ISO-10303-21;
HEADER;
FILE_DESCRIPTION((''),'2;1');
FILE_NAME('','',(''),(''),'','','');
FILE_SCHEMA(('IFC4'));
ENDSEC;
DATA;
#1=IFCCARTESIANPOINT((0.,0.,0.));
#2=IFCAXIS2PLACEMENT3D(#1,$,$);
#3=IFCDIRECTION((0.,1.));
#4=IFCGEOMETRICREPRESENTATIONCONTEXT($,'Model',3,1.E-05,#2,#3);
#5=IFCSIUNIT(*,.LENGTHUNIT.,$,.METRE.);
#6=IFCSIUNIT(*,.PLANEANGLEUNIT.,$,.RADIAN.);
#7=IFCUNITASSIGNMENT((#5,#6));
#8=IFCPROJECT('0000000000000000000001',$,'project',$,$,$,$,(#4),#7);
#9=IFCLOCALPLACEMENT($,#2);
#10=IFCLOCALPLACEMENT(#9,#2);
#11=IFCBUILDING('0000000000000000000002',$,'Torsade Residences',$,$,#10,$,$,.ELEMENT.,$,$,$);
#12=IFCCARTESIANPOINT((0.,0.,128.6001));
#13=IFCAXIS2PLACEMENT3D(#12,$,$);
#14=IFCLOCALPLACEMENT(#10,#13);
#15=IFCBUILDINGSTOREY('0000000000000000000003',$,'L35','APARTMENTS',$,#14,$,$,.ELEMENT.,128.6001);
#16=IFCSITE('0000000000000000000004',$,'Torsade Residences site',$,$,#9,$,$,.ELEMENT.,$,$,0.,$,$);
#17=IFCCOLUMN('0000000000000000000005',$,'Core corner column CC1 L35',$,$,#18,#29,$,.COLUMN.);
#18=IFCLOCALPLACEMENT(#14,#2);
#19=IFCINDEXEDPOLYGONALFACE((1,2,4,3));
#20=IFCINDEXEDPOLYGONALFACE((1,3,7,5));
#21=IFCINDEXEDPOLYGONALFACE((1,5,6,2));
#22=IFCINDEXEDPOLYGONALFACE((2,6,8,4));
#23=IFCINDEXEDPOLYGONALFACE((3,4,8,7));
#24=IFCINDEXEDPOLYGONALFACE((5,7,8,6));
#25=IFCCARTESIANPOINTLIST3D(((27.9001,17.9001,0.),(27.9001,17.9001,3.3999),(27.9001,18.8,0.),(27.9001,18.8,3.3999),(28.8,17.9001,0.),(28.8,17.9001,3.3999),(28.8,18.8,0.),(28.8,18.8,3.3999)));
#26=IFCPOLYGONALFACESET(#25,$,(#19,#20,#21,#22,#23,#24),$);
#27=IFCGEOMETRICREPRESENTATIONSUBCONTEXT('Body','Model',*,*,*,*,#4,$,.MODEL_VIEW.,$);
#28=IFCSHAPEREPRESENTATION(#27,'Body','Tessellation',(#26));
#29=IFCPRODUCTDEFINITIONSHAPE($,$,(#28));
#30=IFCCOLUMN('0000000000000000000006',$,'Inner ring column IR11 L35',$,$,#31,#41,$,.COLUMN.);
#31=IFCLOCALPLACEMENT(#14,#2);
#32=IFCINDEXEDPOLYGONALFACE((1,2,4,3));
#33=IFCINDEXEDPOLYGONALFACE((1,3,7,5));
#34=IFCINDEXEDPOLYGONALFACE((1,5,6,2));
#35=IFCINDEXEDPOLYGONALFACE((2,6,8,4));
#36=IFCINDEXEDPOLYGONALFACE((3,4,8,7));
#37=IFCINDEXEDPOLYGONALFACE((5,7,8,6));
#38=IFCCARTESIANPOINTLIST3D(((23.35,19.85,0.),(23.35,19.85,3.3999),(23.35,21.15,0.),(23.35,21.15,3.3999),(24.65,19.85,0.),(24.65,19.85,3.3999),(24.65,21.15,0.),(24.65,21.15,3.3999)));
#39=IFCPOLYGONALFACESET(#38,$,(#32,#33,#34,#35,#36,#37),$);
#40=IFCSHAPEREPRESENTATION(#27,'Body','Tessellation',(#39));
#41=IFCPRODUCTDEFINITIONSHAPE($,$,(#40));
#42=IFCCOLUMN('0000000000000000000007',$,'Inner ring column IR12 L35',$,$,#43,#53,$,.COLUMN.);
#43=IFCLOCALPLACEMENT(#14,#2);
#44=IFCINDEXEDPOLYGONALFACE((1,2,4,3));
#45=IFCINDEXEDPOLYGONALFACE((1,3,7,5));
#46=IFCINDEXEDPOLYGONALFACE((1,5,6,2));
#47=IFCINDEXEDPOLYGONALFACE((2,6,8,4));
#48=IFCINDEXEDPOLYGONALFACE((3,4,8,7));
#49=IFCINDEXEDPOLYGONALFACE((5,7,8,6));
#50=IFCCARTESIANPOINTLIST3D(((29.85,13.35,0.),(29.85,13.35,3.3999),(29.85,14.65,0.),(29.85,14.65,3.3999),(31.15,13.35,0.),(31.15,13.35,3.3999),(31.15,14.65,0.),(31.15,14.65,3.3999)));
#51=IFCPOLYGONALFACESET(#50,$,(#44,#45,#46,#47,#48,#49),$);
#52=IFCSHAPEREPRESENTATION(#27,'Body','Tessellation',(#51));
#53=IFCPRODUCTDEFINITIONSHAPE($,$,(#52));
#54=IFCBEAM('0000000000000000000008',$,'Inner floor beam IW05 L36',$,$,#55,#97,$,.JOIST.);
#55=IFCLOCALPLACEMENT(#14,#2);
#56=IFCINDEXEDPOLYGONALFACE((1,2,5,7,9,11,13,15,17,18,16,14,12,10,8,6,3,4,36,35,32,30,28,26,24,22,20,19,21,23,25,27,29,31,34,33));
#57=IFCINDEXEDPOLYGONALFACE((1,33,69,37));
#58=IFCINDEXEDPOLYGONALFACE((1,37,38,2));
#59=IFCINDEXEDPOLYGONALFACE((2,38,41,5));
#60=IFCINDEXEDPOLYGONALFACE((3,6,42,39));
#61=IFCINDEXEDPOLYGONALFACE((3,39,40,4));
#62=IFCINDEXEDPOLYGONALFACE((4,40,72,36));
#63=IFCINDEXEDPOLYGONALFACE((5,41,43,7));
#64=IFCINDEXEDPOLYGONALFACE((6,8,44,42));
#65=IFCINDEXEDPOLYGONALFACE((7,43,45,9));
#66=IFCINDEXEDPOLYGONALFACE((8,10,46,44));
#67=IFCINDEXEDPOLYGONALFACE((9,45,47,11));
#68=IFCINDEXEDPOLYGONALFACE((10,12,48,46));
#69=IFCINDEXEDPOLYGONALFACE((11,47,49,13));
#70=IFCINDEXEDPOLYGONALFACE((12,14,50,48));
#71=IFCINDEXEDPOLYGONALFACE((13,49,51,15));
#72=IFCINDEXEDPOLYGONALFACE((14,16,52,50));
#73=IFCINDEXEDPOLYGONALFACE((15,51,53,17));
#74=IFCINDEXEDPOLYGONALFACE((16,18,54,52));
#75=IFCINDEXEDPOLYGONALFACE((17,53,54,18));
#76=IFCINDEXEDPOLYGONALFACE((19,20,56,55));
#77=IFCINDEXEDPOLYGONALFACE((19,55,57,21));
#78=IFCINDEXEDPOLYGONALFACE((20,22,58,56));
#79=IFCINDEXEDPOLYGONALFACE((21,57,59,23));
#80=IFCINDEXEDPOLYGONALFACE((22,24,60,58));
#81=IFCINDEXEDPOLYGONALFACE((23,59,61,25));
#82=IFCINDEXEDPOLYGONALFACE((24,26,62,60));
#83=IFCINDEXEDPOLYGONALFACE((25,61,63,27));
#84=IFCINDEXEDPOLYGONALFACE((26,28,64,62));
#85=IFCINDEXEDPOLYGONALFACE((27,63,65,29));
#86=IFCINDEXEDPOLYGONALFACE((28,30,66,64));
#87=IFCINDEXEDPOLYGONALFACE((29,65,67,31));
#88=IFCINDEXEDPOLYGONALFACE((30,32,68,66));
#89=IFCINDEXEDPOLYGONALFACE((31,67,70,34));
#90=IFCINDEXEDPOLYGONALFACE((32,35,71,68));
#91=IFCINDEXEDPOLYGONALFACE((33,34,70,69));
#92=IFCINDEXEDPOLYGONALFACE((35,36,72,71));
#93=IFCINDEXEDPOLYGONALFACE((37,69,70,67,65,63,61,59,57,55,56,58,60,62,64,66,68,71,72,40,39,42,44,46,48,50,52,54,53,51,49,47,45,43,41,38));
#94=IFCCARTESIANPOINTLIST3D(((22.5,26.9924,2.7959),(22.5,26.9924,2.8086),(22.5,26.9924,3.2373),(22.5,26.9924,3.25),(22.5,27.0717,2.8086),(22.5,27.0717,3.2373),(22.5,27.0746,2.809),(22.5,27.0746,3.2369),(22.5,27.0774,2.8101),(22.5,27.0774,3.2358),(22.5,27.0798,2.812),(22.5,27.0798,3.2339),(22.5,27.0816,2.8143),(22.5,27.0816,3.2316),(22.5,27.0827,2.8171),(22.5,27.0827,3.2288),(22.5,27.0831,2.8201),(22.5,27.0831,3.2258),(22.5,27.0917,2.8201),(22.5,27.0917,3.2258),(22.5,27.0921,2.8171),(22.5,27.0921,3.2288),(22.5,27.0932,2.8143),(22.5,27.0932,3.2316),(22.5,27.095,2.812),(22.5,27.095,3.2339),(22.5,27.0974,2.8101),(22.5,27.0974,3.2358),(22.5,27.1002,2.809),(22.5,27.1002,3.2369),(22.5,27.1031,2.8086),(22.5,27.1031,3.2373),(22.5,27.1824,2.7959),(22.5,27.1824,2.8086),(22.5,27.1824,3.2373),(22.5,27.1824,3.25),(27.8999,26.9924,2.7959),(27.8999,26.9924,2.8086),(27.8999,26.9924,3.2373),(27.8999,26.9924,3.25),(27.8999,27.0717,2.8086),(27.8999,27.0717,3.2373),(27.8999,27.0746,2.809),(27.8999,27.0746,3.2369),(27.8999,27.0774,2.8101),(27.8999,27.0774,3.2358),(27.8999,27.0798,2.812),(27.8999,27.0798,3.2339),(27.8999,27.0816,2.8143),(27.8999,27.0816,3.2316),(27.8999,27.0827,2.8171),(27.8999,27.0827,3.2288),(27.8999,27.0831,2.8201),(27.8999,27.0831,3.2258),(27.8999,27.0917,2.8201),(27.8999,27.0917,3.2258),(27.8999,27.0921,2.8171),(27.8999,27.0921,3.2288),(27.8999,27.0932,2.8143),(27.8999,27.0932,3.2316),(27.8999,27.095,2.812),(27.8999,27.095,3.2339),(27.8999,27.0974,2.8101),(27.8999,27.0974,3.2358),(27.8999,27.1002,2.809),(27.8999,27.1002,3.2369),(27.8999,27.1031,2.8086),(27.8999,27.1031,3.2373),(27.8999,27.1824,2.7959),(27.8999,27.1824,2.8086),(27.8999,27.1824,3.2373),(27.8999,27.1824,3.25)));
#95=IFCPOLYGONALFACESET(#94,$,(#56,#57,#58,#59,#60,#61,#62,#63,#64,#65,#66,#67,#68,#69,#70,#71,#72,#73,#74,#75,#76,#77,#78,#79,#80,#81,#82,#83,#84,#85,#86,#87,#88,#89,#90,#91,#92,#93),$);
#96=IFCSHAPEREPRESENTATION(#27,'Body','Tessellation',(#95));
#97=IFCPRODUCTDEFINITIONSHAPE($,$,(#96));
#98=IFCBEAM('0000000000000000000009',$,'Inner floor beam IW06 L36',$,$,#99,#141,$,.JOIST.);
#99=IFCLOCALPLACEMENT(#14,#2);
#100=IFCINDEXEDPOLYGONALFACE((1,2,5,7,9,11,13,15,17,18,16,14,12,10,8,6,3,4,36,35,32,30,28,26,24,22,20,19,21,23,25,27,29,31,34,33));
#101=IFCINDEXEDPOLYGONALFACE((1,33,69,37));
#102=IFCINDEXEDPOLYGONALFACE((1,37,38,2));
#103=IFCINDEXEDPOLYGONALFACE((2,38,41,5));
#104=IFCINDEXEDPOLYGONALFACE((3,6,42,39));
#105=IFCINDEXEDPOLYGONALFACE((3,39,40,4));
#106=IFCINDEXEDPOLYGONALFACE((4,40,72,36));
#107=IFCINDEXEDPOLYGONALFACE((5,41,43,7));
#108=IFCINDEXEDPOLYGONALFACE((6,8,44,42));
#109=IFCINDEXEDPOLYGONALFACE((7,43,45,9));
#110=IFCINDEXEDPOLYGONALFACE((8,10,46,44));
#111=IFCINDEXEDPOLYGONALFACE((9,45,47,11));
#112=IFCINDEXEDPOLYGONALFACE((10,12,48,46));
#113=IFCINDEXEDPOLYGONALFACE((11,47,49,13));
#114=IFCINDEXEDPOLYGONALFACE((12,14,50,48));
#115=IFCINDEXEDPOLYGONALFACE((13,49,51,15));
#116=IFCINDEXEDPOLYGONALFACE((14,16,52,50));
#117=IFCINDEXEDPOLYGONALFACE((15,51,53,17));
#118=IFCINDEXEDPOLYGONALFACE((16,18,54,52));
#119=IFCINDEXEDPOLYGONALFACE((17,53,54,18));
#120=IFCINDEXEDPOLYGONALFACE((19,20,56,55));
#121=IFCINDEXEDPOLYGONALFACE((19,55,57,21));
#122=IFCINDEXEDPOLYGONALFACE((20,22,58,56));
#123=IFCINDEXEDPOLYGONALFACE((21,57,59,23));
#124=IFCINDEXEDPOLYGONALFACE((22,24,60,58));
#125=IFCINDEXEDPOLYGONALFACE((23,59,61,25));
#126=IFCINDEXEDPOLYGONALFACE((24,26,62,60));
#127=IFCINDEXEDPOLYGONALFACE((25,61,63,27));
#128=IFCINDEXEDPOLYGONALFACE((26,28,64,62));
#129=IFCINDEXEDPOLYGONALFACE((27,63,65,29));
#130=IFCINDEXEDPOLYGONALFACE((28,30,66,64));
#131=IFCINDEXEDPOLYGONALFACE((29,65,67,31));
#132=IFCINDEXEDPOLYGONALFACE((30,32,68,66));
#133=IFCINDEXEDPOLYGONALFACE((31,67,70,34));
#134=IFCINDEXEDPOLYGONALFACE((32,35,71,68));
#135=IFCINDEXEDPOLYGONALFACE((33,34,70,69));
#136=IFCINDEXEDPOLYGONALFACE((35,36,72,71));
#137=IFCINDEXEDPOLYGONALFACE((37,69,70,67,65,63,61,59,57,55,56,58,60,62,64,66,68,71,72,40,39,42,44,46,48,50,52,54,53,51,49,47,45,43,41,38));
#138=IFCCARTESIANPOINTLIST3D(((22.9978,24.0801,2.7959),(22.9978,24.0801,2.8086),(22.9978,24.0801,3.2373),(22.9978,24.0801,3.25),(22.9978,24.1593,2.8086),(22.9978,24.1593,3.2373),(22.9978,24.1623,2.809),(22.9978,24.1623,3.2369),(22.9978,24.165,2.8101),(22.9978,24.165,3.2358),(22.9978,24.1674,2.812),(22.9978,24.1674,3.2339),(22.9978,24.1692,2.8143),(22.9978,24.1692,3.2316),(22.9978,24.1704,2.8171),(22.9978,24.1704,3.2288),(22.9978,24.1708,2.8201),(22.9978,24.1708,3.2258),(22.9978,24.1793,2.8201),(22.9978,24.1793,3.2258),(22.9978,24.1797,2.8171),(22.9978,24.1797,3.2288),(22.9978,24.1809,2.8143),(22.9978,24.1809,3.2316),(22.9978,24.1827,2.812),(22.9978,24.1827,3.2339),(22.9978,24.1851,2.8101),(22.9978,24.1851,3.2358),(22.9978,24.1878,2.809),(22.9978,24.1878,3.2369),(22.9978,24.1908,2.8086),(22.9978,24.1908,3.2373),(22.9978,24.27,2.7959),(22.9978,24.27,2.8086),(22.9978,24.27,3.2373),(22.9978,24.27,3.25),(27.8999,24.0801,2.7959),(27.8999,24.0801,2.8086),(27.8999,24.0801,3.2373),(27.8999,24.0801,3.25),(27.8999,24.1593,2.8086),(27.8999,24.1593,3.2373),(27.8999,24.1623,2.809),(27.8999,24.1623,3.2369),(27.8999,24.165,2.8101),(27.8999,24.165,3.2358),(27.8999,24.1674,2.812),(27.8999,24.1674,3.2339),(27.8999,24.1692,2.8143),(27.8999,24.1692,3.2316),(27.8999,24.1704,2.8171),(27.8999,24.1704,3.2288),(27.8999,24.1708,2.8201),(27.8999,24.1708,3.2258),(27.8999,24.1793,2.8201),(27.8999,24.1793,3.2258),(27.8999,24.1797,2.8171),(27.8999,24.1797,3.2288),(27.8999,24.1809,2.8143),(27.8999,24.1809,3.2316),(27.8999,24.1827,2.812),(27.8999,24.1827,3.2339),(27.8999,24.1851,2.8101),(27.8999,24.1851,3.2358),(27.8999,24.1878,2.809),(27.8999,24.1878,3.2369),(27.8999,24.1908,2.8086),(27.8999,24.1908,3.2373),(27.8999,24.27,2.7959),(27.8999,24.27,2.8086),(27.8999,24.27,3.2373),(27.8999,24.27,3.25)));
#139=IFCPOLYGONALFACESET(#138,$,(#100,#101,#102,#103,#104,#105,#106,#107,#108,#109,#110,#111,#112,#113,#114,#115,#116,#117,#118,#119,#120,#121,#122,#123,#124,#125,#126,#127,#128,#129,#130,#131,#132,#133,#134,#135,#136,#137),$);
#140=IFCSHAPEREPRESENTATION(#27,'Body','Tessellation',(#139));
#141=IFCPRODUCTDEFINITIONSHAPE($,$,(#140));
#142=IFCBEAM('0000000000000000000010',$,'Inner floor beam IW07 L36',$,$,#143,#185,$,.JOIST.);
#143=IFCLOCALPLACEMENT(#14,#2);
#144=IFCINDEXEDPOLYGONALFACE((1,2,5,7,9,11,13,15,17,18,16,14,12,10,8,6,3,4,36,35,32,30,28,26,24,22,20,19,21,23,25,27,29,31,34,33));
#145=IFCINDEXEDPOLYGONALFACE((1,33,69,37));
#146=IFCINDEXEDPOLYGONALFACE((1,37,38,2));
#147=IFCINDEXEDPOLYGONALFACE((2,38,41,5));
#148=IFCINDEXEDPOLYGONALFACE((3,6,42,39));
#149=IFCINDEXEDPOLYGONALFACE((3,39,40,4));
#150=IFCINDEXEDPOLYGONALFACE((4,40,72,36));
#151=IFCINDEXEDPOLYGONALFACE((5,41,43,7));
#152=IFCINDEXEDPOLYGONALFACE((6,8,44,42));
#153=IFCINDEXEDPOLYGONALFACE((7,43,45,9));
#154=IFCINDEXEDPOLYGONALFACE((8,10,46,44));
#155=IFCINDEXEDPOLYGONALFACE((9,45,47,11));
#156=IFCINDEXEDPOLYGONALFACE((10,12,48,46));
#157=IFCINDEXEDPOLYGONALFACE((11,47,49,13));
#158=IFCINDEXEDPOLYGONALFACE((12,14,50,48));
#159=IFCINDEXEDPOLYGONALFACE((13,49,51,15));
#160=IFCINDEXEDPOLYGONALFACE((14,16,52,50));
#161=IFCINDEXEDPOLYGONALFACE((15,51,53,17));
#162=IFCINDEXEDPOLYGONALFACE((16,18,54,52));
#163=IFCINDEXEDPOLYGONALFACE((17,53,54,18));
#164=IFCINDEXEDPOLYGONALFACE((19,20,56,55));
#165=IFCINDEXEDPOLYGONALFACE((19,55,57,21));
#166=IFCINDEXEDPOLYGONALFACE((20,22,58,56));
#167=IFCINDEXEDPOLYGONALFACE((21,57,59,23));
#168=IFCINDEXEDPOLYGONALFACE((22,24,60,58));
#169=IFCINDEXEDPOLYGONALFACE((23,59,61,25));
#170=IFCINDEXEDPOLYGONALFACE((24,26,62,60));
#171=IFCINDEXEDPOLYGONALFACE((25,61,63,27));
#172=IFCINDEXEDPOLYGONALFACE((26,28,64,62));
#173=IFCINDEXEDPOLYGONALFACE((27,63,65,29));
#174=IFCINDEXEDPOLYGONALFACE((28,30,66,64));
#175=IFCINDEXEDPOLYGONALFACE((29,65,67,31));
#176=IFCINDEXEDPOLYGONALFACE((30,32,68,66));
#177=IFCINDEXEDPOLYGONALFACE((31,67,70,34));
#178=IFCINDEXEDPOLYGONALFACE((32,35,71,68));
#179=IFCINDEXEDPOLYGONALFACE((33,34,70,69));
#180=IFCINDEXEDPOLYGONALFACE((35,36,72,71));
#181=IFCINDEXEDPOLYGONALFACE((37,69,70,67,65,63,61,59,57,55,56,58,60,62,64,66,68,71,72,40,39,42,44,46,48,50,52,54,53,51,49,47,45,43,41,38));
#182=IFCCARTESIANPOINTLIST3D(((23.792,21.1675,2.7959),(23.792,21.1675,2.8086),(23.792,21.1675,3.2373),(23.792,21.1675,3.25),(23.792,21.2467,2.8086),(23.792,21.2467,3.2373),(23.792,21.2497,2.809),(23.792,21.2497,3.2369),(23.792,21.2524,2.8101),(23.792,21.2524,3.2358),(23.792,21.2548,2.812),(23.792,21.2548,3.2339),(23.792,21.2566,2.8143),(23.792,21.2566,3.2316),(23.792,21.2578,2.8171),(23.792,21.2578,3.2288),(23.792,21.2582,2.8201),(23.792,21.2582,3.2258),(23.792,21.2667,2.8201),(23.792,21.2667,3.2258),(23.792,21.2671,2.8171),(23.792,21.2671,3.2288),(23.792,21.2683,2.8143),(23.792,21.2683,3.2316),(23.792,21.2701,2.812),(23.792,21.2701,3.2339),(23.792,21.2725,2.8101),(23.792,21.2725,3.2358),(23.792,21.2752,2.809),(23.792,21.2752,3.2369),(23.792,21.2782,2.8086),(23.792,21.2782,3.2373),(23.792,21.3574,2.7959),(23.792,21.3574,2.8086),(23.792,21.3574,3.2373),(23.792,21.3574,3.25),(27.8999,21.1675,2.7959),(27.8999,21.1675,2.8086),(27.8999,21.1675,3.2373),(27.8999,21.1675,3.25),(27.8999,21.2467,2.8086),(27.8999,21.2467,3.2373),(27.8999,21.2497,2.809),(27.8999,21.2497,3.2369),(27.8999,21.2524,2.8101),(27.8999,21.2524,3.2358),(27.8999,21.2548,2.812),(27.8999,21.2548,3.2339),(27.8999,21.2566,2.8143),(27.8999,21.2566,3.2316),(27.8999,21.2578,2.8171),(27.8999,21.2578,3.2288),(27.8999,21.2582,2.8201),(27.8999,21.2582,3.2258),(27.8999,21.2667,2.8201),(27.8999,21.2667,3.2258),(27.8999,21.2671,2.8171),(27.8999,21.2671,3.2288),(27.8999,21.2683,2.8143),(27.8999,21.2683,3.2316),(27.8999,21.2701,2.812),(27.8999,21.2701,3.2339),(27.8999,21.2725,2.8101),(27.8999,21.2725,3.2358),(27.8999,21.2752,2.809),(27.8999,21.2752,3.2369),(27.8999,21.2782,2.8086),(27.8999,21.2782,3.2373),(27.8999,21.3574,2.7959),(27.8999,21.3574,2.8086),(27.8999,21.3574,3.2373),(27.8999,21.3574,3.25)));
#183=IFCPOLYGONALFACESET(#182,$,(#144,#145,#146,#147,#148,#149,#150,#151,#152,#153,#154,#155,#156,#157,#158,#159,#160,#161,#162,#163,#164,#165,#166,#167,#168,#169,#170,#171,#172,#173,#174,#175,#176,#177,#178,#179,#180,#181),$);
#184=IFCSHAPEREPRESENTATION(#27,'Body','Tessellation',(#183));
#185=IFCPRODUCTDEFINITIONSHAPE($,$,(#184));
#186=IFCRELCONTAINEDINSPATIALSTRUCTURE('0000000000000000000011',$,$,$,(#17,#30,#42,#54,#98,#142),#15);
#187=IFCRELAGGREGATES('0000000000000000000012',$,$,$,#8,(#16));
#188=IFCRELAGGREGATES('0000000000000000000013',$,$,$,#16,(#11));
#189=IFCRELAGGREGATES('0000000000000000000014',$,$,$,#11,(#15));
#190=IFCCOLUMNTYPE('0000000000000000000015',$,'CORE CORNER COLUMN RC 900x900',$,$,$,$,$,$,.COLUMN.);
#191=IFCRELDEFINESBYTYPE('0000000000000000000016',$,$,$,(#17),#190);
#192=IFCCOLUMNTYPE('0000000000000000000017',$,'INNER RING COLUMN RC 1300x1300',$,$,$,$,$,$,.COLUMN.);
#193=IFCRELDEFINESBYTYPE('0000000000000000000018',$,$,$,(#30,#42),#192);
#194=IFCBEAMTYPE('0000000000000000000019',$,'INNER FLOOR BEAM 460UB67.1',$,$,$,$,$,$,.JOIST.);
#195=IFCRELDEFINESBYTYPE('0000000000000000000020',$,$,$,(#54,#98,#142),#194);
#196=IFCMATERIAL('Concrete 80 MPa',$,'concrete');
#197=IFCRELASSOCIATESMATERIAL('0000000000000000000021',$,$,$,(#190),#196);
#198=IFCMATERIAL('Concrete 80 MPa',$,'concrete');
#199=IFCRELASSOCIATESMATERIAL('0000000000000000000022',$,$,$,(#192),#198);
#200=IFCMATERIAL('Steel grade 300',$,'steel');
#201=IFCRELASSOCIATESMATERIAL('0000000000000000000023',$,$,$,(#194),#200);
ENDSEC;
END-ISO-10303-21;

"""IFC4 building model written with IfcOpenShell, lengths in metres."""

from ifc_helpers import new_model, si_unit, direction, frame, origin, origin_2d, place, context, subcontext, project, spatial, rectangle, i_section, extrude, material, material_profile, profile_set, type_object, element, save


model = new_model("IFC4")

# Units and contexts
model_context = context("Model", 3, precision=1e-05, world=origin(), true_north=direction((0.0, 1.0)))
body_context = subcontext(model_context, "Body", "Model", "MODEL_VIEW")
ifc_project = project(units=[si_unit("LENGTHUNIT", "METRE"), si_unit("PLANEANGLEUNIT", "RADIAN")], contexts=[model_context])

# Site, building, storey
site_placement = place(None, origin())
site = spatial("IfcSite", under=ifc_project, at=site_placement, Name="Torsade Residences site", CompositionType="ELEMENT", RefElevation=0.0)
building_placement = place(site_placement, origin())
building = spatial("IfcBuilding", under=site, at=building_placement, Name="Torsade Residences", CompositionType="ELEMENT")
storey_placement = place(building_placement, frame((0.0, 0.0, 128.6001)))
storey = spatial("IfcBuildingStorey", under=building, at=storey_placement, Name="L35", Description="APARTMENTS", CompositionType="ELEMENT", Elevation=128.6001)

# Columns
ifc_material_1 = material(Name="Concrete 80 MPa", Category="concrete")
ifc_material_profile_1 = material_profile(ifc_material_1, rectangle(XDim=0.8999, YDim=0.8999, at=origin_2d()), Name="RC 900x900")
ifc_profile_set_1 = profile_set([ifc_material_profile_1], Name="Concrete 80 MPa")
column_type_1 = type_object("IfcColumnType", Name="CORE CORNER COLUMN RC 900x900", PredefinedType="COLUMN", material=ifc_profile_set_1)
column_placement = place(storey_placement, frame((28.3501, 18.3501, 0.0), z_axis=(0.0, 0.0, 1.0), x_axis=(1.0, 0.0, 0.0)))
element("IfcColumn", 1, at=column_placement, inside=storey, type_object=column_type_1, Name="Core corner column CC1 L35", PredefinedType="COLUMN", context=body_context, shape_type="SweptSolid", body=[
    extrude(rectangle(XDim=0.8999, YDim=0.8999, at=origin_2d()), origin(), (0.0, 0.0, 1.0), 3.3999),
])
ifc_material_2 = material(Name="Concrete 80 MPa", Category="concrete")
ifc_material_profile_2 = material_profile(ifc_material_2, rectangle(XDim=1.3, YDim=1.3, at=origin_2d()), Name="RC 1300x1300")
ifc_profile_set_2 = profile_set([ifc_material_profile_2], Name="Concrete 80 MPa")
column_type_2 = type_object("IfcColumnType", Name="INNER RING COLUMN RC 1300x1300", PredefinedType="COLUMN", material=ifc_profile_set_2)
for number, where, z_axis, x_axis, name in (
    (2, (24.0, 20.5, 0.0), (0.0, 0.0, 1.0), (1.0, 0.0, 0.0), "Inner ring column IR11 L35"),
    (3, (30.5, 14.0, 0.0), (0.0, 0.0, 1.0), (1.0, 0.0, 0.0), "Inner ring column IR12 L35"),
):
    element("IfcColumn", number, at=place(storey_placement, frame(where, z_axis=z_axis, x_axis=x_axis)), inside=storey, type_object=column_type_2, Name=name, PredefinedType="COLUMN", context=body_context, shape_type="SweptSolid", body=[
        extrude(rectangle(XDim=1.3, YDim=1.3, at=origin_2d()), origin(), (0.0, 0.0, 1.0), 3.3999),
    ])

# Beams
ifc_material_3 = material(Name="Steel grade 300", Category="steel")
ifc_material_profile_3 = material_profile(ifc_material_3, i_section(OverallWidth=0.1899, OverallDepth=0.4541, WebThickness=0.0085, FlangeThickness=0.0127, FilletRadius=0.0115, at=origin_2d()), Name="460UB67.1")
ifc_profile_set_3 = profile_set([ifc_material_profile_3], Name="Steel grade 300")
beam_type_1 = type_object("IfcBeamType", Name="INNER FLOOR BEAM 460UB67.1", PredefinedType="JOIST", material=ifc_profile_set_3)
beam_1_placement = place(storey_placement, frame((27.8999, 27.0874, 3.0229), z_axis=(-1.0, 0.0, 0.0), x_axis=(0.0, -1.0, 0.0)))
element("IfcBeam", 4, at=beam_1_placement, inside=storey, type_object=beam_type_1, Name="Inner floor beam IW05 L36", PredefinedType="JOIST", context=body_context, shape_type="SweptSolid", body=[
    extrude(i_section(OverallWidth=0.1899, OverallDepth=0.4541, WebThickness=0.0085, FlangeThickness=0.0127, FilletRadius=0.0115, at=origin_2d()), origin(), (0.0, 0.0, 1.0), 5.3999),
])
beam_2_placement = place(storey_placement, frame((27.8999, 24.175, 3.0229), z_axis=(-1.0, 0.0, 0.0), x_axis=(0.0, -1.0, 0.0)))
element("IfcBeam", 5, at=beam_2_placement, inside=storey, type_object=beam_type_1, Name="Inner floor beam IW06 L36", PredefinedType="JOIST", context=body_context, shape_type="SweptSolid", body=[
    extrude(i_section(OverallWidth=0.1899, OverallDepth=0.4541, WebThickness=0.0085, FlangeThickness=0.0127, FilletRadius=0.0115, at=origin_2d()), origin(), (0.0, 0.0, 1.0), 4.9021),
])
beam_3_placement = place(storey_placement, frame((27.8999, 21.2625, 3.0229), z_axis=(-1.0, 0.0, 0.0), x_axis=(0.0, -1.0, 0.0)))
element("IfcBeam", 6, at=beam_3_placement, inside=storey, type_object=beam_type_1, Name="Inner floor beam IW07 L36", PredefinedType="JOIST", context=body_context, shape_type="SweptSolid", body=[
    extrude(i_section(OverallWidth=0.1899, OverallDepth=0.4541, WebThickness=0.0085, FlangeThickness=0.0127, FilletRadius=0.0115, at=origin_2d()), origin(), (0.0, 0.0, 1.0), 4.1079),
])

save(model, "model.ifc")
